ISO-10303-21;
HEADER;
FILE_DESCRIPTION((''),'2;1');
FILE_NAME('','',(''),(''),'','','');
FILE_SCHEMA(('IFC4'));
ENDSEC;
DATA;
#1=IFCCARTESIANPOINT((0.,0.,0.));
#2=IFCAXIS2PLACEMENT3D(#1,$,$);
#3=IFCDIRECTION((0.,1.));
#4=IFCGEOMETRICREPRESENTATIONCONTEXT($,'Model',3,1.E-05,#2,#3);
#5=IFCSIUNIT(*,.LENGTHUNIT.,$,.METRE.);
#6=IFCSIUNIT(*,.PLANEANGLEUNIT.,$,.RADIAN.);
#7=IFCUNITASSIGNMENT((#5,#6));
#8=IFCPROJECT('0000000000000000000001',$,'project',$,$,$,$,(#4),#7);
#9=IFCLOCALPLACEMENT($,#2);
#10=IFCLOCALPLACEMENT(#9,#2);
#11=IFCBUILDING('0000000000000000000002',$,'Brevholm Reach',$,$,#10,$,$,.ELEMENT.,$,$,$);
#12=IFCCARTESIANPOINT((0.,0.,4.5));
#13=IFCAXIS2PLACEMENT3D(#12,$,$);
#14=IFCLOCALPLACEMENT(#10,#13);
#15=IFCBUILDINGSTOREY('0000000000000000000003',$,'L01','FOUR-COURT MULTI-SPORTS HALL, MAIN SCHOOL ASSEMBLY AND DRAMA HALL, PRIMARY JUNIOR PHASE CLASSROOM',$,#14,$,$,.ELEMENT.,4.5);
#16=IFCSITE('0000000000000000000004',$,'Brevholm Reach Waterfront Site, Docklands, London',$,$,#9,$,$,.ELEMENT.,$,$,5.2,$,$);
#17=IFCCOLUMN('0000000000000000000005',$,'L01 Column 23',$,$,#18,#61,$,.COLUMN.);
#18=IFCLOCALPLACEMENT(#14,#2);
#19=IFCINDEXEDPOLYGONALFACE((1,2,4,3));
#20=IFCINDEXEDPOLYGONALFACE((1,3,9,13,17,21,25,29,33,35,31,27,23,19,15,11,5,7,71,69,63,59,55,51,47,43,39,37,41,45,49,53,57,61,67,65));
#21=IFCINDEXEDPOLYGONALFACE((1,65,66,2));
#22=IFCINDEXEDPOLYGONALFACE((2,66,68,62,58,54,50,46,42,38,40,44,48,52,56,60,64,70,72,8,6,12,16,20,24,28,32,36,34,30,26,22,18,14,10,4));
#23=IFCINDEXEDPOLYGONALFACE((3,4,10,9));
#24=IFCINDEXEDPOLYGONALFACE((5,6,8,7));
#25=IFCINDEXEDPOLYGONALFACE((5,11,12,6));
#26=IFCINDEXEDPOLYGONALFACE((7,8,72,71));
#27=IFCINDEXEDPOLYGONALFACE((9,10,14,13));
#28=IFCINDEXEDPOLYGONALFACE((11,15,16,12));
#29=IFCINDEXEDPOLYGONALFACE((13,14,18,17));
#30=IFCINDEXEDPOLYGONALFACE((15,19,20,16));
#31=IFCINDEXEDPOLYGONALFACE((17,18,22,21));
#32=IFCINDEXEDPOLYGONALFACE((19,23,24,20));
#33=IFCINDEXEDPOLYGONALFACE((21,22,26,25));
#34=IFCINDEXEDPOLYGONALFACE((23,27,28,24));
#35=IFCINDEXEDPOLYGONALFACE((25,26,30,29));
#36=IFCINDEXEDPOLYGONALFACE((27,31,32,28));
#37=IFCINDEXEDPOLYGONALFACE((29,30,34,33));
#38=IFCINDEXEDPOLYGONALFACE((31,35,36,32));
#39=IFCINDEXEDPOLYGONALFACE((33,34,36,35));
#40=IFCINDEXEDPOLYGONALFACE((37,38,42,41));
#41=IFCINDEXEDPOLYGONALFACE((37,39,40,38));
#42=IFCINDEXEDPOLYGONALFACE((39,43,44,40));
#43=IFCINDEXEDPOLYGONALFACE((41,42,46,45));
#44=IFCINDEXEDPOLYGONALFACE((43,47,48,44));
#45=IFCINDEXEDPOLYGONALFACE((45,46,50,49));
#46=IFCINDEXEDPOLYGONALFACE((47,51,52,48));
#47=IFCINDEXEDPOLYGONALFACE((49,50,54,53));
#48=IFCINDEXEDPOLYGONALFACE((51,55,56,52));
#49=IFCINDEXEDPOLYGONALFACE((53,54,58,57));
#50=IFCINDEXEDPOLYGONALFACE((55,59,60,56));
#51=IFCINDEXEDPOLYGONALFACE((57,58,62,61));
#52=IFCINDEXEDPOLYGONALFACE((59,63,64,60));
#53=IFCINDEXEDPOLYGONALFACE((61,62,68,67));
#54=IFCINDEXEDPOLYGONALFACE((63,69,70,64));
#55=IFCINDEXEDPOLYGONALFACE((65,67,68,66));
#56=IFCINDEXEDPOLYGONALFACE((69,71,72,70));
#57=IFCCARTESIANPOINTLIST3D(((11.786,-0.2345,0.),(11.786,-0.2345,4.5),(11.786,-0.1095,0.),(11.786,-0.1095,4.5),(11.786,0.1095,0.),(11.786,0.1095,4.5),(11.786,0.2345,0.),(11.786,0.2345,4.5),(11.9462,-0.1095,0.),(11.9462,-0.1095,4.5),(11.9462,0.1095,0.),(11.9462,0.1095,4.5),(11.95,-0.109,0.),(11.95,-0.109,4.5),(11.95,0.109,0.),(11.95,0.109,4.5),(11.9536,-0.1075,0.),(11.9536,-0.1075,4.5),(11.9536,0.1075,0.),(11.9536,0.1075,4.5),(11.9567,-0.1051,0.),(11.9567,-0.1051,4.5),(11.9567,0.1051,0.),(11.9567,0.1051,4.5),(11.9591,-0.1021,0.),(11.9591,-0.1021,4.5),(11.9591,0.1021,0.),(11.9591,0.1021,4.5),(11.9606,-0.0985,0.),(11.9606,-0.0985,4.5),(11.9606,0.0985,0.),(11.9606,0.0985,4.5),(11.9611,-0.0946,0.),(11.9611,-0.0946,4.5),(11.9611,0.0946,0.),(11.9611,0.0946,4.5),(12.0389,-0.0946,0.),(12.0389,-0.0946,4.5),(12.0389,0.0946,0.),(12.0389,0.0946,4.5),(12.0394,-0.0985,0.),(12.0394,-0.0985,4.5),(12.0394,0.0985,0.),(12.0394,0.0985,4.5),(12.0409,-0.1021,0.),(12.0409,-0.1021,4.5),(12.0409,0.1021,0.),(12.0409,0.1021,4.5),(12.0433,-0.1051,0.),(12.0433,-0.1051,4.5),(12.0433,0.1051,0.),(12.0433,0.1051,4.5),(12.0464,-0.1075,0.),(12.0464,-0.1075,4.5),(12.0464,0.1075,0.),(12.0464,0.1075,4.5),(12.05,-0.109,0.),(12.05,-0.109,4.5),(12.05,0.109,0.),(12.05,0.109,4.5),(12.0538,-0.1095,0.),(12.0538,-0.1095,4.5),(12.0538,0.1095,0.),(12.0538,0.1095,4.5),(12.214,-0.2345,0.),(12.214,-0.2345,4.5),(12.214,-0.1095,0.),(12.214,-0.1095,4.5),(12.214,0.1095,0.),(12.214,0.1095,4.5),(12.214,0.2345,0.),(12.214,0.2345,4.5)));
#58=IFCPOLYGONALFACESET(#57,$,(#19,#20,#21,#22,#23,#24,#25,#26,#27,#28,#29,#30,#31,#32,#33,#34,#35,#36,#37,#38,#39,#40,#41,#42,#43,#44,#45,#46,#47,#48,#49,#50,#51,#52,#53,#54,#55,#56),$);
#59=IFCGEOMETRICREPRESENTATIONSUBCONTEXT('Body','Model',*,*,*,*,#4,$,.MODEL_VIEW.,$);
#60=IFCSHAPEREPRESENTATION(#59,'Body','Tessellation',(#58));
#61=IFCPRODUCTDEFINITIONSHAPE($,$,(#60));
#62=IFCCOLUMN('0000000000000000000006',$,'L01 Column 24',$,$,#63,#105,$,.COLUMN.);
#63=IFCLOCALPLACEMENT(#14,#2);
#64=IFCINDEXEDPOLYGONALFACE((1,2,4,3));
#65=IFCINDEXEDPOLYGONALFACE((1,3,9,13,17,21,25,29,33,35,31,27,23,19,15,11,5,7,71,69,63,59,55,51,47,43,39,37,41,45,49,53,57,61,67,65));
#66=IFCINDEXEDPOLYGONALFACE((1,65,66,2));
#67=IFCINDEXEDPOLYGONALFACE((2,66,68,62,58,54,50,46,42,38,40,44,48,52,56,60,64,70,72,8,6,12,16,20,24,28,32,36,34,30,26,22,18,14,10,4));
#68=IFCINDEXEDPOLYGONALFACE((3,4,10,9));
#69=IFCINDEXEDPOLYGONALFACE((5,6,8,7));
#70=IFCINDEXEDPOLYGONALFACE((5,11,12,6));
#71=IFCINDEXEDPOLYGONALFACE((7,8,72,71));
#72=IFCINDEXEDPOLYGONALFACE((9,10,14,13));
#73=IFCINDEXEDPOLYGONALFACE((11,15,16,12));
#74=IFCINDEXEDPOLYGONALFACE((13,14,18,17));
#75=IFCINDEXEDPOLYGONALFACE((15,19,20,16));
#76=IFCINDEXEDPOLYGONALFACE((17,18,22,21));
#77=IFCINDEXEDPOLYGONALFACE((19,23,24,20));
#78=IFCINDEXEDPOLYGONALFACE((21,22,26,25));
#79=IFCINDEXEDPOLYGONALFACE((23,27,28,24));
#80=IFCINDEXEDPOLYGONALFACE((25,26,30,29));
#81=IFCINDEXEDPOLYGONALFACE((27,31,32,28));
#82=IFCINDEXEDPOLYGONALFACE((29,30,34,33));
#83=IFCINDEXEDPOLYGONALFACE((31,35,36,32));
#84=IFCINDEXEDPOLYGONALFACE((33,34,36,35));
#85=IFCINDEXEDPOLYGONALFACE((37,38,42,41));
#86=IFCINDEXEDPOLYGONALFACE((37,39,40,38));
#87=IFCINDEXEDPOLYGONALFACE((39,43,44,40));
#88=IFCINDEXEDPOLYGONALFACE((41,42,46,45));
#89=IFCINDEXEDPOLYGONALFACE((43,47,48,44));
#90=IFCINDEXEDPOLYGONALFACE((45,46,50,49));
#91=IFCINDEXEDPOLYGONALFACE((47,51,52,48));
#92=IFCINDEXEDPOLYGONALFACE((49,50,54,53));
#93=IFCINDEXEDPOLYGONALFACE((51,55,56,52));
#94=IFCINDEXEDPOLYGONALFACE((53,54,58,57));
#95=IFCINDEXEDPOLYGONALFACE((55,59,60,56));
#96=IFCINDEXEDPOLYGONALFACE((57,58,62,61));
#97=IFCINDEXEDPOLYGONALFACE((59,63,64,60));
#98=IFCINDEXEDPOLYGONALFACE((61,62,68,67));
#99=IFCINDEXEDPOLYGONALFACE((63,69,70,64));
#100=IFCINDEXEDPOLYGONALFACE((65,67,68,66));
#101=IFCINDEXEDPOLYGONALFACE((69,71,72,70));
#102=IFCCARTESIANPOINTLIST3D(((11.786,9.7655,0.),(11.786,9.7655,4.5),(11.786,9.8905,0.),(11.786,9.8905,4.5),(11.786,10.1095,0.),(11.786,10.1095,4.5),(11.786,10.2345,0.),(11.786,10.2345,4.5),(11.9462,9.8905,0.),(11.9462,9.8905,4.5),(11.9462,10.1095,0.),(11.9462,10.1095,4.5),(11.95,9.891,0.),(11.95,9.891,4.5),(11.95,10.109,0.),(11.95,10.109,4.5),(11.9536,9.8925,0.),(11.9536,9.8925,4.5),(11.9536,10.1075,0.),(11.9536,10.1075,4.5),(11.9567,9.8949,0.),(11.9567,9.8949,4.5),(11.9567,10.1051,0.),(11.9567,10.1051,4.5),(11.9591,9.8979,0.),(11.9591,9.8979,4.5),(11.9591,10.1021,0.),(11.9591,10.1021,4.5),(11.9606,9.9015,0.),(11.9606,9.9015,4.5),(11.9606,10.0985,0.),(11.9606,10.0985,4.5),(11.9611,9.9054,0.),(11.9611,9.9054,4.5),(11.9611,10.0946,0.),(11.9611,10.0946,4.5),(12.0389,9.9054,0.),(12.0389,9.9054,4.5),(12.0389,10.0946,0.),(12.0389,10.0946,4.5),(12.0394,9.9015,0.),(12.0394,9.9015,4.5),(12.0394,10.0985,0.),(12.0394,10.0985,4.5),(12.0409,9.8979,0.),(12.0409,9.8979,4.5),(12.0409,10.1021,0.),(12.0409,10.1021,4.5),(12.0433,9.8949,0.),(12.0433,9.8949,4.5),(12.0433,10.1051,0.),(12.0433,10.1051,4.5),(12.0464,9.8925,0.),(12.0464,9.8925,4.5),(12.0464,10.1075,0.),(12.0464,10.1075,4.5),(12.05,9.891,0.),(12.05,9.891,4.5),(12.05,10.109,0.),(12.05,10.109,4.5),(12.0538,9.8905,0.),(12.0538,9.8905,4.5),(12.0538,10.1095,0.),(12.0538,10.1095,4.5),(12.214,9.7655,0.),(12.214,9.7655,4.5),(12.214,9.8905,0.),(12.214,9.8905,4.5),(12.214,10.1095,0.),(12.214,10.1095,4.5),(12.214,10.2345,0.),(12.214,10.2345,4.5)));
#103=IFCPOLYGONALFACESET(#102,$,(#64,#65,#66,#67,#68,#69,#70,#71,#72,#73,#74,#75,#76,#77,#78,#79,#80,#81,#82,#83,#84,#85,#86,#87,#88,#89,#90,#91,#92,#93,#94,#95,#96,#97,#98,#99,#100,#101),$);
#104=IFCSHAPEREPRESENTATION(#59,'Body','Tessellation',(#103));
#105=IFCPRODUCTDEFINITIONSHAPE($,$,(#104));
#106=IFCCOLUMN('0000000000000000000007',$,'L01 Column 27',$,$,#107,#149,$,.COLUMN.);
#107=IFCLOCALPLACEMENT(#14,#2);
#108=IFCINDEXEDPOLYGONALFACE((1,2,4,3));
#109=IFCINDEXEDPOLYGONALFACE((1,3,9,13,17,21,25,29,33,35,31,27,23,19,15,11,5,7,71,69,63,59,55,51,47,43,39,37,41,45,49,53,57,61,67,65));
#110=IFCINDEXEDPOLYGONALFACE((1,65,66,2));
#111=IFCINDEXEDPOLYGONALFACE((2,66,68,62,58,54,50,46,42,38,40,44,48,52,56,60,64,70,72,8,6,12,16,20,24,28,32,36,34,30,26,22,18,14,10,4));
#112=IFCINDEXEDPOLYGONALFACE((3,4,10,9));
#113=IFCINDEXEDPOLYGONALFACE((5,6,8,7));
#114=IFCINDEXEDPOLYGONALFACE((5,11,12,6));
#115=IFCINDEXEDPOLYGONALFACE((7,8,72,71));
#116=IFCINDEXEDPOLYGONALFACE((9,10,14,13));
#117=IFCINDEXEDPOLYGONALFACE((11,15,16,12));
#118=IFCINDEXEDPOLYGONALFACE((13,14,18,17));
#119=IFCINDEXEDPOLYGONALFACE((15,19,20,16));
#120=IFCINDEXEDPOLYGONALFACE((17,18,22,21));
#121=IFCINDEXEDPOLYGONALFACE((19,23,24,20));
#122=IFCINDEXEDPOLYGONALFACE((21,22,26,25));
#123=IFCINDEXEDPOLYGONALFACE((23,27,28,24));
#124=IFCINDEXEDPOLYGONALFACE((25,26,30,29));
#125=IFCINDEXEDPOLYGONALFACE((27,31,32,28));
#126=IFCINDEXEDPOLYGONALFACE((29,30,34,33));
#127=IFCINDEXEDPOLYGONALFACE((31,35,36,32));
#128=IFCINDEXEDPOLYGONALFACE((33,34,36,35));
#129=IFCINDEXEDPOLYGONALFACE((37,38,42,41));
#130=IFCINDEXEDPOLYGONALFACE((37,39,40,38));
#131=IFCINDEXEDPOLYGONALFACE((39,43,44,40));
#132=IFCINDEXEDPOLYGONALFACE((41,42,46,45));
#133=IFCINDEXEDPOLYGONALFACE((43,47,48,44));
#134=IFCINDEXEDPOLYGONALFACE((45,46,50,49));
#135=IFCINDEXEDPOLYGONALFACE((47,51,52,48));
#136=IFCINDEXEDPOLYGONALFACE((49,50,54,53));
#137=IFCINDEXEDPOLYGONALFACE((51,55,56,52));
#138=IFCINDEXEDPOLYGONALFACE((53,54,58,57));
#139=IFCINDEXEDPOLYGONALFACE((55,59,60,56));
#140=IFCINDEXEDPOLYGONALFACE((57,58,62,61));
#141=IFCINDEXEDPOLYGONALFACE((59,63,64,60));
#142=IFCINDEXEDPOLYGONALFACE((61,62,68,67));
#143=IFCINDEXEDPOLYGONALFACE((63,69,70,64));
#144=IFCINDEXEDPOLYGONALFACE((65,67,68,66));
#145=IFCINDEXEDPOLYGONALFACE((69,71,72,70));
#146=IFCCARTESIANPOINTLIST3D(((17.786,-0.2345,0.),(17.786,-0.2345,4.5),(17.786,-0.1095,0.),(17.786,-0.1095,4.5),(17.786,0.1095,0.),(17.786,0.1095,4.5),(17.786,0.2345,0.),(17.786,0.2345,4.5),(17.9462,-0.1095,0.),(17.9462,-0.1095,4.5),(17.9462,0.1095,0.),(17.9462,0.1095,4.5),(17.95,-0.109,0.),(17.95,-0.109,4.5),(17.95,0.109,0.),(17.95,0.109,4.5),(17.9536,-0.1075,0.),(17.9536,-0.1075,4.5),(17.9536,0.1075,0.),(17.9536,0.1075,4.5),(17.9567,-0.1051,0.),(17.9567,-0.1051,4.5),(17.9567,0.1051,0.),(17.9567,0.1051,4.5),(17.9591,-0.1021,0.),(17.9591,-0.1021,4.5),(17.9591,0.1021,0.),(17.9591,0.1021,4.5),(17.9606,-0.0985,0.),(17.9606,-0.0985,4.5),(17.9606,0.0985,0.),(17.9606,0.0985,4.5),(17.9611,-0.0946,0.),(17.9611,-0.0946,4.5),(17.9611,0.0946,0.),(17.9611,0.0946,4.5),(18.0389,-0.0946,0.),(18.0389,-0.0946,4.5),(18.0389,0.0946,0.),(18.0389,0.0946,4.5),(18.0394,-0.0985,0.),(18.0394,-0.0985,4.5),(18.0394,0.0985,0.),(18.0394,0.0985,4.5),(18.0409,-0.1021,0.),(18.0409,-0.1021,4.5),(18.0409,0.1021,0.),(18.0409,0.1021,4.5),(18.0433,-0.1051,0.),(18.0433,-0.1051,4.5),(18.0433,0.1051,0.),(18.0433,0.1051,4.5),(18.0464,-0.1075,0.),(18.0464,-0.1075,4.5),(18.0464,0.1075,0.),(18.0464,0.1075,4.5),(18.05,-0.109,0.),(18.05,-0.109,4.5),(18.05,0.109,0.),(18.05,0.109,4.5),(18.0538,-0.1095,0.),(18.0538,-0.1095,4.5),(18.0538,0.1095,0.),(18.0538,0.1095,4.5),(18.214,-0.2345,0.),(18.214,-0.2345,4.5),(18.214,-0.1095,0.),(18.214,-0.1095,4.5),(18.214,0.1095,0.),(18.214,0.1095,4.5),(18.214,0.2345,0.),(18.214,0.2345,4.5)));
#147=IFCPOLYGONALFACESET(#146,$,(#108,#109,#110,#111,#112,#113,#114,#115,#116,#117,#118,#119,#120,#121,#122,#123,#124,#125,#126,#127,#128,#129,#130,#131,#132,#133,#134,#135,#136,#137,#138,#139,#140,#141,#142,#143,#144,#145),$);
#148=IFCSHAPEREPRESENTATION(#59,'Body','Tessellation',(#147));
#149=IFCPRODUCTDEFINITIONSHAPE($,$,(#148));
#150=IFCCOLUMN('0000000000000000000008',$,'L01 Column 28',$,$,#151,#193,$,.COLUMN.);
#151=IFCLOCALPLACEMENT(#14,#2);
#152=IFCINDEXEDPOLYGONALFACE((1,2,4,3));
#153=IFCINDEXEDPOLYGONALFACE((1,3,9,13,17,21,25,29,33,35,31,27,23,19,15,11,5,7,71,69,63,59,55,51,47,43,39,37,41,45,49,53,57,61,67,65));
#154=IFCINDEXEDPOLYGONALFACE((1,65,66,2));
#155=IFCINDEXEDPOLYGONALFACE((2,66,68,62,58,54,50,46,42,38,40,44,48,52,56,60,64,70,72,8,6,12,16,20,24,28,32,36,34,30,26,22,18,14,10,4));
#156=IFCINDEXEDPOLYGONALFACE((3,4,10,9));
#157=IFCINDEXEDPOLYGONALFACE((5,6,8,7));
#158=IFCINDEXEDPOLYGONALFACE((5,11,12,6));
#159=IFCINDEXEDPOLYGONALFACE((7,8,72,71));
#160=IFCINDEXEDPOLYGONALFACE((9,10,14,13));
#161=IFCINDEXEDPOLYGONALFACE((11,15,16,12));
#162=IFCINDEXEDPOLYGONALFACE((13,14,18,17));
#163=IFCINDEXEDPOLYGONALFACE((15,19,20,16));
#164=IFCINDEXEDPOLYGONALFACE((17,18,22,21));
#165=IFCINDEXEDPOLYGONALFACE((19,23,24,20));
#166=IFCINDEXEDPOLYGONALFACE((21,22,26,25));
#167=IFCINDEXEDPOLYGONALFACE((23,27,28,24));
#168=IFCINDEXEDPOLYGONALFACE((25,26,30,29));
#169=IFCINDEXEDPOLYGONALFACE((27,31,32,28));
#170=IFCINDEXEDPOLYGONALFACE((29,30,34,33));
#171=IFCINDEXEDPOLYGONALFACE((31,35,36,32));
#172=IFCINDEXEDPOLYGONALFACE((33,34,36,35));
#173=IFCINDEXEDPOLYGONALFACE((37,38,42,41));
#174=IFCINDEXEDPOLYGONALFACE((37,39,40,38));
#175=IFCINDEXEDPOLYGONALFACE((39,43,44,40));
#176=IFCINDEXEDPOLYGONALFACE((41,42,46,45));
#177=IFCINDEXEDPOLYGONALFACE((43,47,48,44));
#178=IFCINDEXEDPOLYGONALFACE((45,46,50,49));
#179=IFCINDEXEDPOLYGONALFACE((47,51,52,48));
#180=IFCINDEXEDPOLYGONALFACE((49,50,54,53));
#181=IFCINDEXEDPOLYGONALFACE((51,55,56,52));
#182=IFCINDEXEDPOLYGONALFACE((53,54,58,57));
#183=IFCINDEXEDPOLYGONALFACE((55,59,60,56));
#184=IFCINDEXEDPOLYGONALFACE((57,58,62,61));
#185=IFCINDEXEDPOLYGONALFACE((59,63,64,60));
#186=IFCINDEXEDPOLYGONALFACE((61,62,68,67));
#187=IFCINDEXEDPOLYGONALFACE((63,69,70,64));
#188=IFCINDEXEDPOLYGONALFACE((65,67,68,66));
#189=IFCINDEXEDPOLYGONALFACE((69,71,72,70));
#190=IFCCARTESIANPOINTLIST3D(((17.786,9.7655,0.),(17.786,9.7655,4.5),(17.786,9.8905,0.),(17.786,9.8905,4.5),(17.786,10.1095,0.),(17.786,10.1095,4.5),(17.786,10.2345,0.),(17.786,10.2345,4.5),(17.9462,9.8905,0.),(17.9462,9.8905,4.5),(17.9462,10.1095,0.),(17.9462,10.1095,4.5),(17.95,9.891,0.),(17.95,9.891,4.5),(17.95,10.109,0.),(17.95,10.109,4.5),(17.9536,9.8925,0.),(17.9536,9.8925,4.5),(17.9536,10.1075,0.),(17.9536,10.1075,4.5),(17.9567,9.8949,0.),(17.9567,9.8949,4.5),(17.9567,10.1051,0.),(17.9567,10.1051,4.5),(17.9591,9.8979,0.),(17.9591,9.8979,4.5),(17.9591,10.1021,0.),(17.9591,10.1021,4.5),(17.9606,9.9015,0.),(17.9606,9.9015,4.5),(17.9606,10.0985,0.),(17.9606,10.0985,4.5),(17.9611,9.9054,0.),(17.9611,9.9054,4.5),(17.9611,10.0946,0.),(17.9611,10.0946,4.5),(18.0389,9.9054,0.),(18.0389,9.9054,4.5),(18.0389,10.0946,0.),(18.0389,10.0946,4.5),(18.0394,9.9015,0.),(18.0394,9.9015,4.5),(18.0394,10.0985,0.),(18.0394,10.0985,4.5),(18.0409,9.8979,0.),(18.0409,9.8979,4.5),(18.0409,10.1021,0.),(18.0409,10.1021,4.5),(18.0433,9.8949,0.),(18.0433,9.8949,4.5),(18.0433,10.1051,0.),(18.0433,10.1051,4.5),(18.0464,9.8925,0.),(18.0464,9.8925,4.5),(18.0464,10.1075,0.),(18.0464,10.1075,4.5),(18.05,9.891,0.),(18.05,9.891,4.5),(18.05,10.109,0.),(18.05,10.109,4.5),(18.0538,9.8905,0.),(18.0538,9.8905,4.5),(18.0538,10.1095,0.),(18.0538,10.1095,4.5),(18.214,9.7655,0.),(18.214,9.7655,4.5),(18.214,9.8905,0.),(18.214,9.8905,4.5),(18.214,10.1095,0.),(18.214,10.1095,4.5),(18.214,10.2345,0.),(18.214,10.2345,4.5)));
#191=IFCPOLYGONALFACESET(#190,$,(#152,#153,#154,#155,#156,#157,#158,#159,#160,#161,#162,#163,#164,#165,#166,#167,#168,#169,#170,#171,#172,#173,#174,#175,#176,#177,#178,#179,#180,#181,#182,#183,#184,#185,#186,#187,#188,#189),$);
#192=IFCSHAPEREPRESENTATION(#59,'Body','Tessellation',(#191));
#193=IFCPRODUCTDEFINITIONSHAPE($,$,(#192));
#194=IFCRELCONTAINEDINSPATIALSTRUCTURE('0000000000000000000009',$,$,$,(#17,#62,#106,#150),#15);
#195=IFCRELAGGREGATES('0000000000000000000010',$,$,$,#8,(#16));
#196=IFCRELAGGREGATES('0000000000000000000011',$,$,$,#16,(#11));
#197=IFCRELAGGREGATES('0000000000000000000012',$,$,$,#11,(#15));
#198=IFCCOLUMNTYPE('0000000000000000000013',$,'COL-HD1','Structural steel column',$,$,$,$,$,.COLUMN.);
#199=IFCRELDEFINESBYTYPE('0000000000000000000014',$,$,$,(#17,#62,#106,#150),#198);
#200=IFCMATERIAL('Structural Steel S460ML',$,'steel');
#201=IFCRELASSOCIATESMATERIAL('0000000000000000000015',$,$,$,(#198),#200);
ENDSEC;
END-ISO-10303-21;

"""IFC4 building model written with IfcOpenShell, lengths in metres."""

from ifc_helpers import new_model, si_unit, direction, frame, origin, origin_2d, place, context, subcontext, project, spatial, i_section, extrude, material, material_profile, profile_set, type_object, element, save


model = new_model("IFC4")

# Units and contexts
model_context = context("Model", 3, precision=1e-05, world=origin(), true_north=direction((0.0, 1.0)))
body_context = subcontext(model_context, "Body", "Model", "MODEL_VIEW")
ifc_project = project(units=[si_unit("LENGTHUNIT", "METRE"), si_unit("PLANEANGLEUNIT", "RADIAN")], contexts=[model_context])

# Site, building, storey
site_placement = place(None, origin())
site = spatial("IfcSite", under=ifc_project, at=site_placement, Name="Brevholm Reach Waterfront Site, Docklands, London", CompositionType="ELEMENT", RefElevation=5.2)
building_placement = place(site_placement, origin())
building = spatial("IfcBuilding", under=site, at=building_placement, Name="Brevholm Reach", CompositionType="ELEMENT")
storey_placement = place(building_placement, frame((0.0, 0.0, 4.5)))
storey = spatial("IfcBuildingStorey", under=building, at=storey_placement, Name="L01", Description="FOUR-COURT MULTI-SPORTS HALL, MAIN SCHOOL ASSEMBLY AND DRAMA HALL, PRIMARY JUNIOR PHASE CLASSROOM", CompositionType="ELEMENT", Elevation=4.5)

# Columns
ifc_material_1 = material(Name="Structural Steel S460ML", Category="steel")
ifc_material_profile_1 = material_profile(ifc_material_1, i_section(OverallWidth=0.428, OverallDepth=0.469, WebThickness=0.0779, FlangeThickness=0.125, FilletRadius=0.0149, at=origin_2d()), Name="HD 400x1086")
ifc_profile_set_1 = profile_set([ifc_material_profile_1], Name="Structural Steel S460ML")
column_type = type_object("IfcColumnType", Name="COL-HD1", Description="Structural steel column", PredefinedType="COLUMN", material=ifc_profile_set_1)
for number, where, z_axis, x_axis, name in (
    (1, (12.0, 0.0, 0.0), (0.0, 0.0, 1.0), (1.0, 0.0, 0.0), "L01 Column 23"),
    (2, (12.0, 10.0, 0.0), (0.0, 0.0, 1.0), (1.0, 0.0, 0.0), "L01 Column 24"),
    (3, (18.0, 0.0, 0.0), (0.0, 0.0, 1.0), (1.0, 0.0, 0.0), "L01 Column 27"),
    (4, (18.0, 10.0, 0.0), (0.0, 0.0, 1.0), (1.0, 0.0, 0.0), "L01 Column 28"),
):
    element("IfcColumn", number, at=place(storey_placement, frame(where, z_axis=z_axis, x_axis=x_axis)), inside=storey, type_object=column_type, Name=name, PredefinedType="COLUMN", context=body_context, shape_type="SweptSolid", body=[
        extrude(i_section(OverallWidth=0.428, OverallDepth=0.469, WebThickness=0.0779, FlangeThickness=0.125, FilletRadius=0.0149, at=origin_2d()), origin(), (0.0, 0.0, 1.0), 4.5),
    ])

save(model, "model.ifc")
